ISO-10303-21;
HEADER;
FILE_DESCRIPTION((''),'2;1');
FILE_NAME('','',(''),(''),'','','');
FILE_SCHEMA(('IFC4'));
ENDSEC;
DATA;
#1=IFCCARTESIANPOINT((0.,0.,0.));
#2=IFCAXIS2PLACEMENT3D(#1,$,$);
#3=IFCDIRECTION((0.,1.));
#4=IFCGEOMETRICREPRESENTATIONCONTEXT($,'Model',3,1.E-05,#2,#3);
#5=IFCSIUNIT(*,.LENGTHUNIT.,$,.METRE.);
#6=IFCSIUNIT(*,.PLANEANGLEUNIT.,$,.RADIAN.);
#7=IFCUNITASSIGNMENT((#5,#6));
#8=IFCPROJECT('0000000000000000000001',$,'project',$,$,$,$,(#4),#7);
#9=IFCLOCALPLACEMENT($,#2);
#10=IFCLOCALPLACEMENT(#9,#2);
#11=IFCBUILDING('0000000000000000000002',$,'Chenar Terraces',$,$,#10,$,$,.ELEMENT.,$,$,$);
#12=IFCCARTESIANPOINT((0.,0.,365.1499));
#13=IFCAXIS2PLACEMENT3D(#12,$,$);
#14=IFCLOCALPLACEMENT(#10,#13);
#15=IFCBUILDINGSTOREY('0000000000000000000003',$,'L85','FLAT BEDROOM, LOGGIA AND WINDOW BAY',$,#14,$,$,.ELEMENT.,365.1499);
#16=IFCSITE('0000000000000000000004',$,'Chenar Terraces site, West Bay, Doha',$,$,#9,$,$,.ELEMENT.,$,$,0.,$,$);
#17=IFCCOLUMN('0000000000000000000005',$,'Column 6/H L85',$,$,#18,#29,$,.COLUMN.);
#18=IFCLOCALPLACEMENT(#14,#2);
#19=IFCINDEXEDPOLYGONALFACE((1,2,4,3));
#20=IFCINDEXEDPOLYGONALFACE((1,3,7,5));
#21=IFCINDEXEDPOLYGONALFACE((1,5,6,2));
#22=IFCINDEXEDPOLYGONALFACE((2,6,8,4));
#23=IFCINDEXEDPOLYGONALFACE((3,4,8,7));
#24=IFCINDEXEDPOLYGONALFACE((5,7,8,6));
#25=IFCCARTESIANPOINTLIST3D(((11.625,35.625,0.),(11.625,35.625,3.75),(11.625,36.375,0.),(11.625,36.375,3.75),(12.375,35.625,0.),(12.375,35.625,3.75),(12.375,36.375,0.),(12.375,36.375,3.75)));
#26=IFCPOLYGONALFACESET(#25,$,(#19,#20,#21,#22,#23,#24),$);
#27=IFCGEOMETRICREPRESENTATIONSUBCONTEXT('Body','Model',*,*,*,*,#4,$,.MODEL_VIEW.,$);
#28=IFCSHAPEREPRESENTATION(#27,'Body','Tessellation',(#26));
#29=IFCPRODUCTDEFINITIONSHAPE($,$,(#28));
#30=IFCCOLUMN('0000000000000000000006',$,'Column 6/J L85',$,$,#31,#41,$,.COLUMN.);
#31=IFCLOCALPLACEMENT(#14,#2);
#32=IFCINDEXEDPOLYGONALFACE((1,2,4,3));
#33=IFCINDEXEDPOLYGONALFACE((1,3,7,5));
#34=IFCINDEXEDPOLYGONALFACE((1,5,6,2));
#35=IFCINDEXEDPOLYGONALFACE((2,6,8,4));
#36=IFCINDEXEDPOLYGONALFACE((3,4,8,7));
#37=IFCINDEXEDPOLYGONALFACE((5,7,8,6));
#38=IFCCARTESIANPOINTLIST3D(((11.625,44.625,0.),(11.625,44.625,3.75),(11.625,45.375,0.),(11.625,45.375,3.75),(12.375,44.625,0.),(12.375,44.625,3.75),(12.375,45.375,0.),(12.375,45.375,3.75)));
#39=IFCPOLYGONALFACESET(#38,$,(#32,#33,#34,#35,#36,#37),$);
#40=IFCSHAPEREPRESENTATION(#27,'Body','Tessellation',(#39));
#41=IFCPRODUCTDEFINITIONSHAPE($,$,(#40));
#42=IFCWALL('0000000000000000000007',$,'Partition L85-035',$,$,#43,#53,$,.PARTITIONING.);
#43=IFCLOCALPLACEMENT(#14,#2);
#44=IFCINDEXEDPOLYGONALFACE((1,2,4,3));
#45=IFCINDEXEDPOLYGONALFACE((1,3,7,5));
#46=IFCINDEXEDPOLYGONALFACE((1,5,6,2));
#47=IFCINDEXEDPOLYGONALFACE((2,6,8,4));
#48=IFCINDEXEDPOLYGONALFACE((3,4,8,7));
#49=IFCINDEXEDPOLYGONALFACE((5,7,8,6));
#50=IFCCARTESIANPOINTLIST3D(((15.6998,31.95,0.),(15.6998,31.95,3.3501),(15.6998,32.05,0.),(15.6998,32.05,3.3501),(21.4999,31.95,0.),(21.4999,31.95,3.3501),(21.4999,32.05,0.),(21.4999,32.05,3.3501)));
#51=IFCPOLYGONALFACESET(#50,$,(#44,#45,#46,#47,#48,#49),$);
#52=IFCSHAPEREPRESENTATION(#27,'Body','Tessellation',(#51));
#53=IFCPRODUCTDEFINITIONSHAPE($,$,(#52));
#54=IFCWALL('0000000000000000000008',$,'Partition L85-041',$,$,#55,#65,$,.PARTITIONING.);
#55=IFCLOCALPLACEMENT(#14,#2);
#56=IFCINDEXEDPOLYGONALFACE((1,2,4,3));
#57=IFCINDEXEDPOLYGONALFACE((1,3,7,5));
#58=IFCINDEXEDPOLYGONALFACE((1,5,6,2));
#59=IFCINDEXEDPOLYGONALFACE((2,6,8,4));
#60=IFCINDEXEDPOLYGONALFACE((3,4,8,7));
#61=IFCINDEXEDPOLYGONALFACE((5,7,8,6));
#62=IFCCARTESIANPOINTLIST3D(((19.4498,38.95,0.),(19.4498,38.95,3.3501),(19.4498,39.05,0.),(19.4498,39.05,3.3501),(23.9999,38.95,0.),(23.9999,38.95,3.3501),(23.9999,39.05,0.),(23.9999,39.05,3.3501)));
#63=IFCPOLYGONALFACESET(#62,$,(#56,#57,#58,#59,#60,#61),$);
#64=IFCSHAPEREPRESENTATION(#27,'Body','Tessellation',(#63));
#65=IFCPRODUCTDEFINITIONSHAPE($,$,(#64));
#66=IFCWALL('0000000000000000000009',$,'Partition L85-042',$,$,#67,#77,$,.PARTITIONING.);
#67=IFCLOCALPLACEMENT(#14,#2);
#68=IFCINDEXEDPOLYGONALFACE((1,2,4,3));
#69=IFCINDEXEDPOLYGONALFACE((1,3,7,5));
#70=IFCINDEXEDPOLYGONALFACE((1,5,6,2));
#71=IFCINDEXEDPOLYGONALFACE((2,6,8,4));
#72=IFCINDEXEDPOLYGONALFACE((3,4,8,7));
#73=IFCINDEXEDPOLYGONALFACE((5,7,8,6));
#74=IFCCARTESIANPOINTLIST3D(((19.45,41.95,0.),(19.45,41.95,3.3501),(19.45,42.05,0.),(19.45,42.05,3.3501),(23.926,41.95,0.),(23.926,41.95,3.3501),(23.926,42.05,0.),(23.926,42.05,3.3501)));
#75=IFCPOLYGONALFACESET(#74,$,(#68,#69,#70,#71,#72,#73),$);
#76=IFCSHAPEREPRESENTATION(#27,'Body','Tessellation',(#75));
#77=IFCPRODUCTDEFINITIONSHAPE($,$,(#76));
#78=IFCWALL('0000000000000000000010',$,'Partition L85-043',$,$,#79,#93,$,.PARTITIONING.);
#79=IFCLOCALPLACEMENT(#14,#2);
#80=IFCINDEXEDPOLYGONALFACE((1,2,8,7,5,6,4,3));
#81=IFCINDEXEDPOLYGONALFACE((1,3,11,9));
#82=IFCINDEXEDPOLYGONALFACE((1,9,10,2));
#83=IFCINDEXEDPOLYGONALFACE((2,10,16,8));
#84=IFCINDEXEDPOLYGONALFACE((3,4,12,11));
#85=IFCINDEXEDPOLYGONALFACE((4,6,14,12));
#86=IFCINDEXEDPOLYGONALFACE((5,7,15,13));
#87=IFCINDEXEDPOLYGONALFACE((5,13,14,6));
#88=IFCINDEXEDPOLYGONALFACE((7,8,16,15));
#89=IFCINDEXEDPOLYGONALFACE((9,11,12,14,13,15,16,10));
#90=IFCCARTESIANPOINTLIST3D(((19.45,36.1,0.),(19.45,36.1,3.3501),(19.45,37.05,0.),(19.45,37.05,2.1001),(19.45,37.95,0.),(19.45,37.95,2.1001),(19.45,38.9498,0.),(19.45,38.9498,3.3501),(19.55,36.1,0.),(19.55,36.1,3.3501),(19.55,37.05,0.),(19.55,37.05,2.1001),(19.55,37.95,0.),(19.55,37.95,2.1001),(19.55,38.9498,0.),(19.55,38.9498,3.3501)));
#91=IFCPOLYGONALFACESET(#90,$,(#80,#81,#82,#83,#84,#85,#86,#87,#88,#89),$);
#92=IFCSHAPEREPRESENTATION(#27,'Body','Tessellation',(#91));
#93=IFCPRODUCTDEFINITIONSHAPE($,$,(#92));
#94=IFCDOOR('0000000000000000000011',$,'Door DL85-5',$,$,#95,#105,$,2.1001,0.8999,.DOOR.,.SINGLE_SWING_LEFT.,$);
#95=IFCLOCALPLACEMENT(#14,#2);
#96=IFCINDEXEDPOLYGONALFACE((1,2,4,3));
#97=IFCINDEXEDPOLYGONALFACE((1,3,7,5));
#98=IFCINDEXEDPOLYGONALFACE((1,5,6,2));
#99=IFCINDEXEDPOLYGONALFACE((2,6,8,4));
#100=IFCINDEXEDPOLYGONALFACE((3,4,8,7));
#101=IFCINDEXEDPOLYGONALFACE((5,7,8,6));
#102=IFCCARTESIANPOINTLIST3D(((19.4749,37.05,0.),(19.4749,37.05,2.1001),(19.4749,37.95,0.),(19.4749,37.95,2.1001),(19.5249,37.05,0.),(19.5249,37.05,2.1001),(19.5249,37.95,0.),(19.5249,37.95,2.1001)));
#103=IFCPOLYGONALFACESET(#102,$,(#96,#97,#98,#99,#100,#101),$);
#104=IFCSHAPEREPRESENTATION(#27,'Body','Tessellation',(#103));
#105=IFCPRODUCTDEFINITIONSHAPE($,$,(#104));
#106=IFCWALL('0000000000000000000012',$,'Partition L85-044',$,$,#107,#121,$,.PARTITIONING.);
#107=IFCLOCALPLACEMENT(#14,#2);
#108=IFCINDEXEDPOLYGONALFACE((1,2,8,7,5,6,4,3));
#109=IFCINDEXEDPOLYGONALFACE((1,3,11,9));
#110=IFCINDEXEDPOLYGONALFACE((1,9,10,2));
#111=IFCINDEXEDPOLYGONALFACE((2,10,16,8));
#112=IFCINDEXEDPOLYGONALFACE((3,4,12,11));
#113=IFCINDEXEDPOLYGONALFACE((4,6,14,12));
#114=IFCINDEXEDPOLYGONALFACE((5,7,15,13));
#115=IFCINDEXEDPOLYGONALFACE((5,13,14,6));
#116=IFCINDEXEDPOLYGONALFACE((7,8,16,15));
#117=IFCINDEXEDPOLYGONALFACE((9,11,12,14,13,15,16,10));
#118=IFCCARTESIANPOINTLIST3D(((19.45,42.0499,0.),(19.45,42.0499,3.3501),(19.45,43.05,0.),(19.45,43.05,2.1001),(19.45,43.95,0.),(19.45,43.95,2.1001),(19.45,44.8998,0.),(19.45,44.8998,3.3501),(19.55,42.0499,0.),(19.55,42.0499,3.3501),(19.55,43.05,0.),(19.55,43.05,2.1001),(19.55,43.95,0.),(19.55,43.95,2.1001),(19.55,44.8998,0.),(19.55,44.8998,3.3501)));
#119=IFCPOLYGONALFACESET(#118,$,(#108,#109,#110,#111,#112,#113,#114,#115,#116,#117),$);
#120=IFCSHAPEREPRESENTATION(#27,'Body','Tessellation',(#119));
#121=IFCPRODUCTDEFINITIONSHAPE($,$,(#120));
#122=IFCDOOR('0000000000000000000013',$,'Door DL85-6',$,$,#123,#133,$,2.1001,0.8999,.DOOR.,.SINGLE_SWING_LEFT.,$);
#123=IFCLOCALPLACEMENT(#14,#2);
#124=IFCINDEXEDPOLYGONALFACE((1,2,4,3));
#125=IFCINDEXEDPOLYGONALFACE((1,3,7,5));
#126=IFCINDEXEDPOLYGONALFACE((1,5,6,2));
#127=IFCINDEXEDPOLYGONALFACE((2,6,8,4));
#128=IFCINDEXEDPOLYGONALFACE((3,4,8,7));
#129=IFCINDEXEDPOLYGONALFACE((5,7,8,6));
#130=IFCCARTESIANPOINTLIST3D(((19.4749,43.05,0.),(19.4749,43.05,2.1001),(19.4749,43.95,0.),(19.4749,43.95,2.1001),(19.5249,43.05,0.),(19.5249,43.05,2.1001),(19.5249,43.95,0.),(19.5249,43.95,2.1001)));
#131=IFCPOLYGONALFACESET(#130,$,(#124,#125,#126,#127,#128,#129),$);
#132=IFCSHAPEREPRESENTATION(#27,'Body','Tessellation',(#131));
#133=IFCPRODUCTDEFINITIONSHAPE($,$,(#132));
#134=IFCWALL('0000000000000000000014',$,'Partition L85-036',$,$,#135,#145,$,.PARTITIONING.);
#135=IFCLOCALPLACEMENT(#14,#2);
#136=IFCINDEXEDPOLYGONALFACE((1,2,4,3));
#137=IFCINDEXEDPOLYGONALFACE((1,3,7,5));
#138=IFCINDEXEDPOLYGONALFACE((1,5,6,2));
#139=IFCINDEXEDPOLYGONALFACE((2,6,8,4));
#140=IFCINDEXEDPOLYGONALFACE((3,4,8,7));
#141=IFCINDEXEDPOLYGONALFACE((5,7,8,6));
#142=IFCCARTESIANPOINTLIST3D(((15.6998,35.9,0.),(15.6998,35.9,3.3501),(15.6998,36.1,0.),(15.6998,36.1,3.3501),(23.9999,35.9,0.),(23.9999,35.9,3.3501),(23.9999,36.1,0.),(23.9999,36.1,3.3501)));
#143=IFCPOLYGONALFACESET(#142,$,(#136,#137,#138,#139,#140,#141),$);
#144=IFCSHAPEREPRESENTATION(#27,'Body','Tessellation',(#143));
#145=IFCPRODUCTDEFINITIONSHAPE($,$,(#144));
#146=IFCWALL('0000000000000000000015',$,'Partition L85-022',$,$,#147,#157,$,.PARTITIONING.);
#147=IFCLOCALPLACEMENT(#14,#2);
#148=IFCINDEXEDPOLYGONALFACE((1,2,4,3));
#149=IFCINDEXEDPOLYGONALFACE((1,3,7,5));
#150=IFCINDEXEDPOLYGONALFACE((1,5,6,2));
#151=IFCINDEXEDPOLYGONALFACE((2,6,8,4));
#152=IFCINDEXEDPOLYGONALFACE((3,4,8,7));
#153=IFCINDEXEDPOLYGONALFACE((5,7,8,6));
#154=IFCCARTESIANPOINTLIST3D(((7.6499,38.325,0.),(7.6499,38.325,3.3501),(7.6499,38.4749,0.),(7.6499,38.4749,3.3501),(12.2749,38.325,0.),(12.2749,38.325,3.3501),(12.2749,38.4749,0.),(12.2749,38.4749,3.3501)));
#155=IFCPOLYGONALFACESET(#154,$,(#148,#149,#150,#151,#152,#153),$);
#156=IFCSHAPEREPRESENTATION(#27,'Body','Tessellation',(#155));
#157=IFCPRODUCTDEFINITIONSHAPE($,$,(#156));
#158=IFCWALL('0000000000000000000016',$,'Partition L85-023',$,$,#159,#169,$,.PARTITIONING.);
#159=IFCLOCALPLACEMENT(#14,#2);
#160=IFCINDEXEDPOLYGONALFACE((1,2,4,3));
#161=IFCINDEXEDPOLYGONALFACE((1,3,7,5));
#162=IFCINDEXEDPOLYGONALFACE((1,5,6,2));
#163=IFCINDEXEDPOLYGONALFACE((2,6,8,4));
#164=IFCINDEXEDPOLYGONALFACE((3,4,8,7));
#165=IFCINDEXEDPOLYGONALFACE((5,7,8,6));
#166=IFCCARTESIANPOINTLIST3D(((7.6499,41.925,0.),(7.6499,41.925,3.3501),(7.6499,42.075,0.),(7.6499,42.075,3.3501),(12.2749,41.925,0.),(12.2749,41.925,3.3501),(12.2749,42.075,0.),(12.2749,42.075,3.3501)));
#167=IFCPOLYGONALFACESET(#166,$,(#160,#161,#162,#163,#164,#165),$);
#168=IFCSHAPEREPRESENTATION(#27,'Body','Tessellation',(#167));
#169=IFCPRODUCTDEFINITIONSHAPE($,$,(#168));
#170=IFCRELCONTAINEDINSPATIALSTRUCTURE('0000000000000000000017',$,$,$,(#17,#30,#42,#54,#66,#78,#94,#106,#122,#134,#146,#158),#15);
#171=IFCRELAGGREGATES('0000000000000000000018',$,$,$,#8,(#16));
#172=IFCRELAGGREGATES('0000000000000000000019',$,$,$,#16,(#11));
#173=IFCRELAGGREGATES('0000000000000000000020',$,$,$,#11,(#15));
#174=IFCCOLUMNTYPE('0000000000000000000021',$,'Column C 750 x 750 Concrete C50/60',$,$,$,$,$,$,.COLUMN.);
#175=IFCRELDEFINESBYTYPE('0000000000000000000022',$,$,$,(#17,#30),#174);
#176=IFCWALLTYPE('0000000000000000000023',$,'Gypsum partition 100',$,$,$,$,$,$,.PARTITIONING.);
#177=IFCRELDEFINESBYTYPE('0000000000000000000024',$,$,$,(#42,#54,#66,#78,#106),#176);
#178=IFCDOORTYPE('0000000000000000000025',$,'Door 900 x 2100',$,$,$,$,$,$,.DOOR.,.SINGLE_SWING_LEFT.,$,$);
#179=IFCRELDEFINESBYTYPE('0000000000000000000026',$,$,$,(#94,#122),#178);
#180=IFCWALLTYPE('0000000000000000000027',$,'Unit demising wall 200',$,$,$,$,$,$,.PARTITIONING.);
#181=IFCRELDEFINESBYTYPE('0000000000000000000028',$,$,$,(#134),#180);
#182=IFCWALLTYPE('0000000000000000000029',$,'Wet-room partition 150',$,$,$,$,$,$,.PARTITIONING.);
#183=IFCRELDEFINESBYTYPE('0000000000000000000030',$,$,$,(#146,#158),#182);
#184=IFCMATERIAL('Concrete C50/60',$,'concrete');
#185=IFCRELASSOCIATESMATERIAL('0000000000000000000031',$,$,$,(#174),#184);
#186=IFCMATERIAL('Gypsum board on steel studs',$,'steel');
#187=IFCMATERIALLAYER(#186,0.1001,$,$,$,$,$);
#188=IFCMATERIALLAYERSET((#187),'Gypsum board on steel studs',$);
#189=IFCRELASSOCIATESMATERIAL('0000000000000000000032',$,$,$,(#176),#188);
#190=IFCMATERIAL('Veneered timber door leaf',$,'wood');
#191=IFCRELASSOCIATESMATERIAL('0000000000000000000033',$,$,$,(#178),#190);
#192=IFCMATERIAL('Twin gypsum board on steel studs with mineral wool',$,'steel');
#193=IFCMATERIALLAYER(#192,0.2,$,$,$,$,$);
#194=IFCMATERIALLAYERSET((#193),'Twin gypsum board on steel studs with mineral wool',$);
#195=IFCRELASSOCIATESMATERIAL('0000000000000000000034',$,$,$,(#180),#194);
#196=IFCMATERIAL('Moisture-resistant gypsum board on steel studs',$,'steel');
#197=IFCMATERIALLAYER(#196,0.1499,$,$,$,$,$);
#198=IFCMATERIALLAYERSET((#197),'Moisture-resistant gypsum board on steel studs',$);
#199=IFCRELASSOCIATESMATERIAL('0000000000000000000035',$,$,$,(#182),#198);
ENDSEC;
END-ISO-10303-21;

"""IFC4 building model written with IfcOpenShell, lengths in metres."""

from ifc_helpers import new_model, si_unit, direction, frame, frame_2d, origin, origin_2d, place, context, subcontext, project, spatial, rectangle, extrude, material, layer, layer_set, material_profile, profile_set, type_object, element, fill, save


model = new_model("IFC4")

# Units and contexts
model_context = context("Model", 3, precision=1e-05, world=origin(), true_north=direction((0.0, 1.0)))
body_context = subcontext(model_context, "Body", "Model", "MODEL_VIEW")
ifc_project = project(units=[si_unit("LENGTHUNIT", "METRE"), si_unit("PLANEANGLEUNIT", "RADIAN")], contexts=[model_context])

# Site, building, storey
site_placement = place(None, origin())
site = spatial("IfcSite", under=ifc_project, at=site_placement, Name="Chenar Terraces site, West Bay, Doha", CompositionType="ELEMENT", RefElevation=0.0)
building_placement = place(site_placement, origin())
building = spatial("IfcBuilding", under=site, at=building_placement, Name="Chenar Terraces", CompositionType="ELEMENT")
storey_placement = place(building_placement, frame((0.0, 0.0, 365.1499)))
storey = spatial("IfcBuildingStorey", under=building, at=storey_placement, Name="L85", Description="FLAT BEDROOM, LOGGIA AND WINDOW BAY", CompositionType="ELEMENT", Elevation=365.1499)

# Columns
ifc_material_1 = material(Name="Concrete C50/60", Category="concrete")
ifc_material_profile = material_profile(ifc_material_1, rectangle(XDim=0.75, YDim=0.75, at=origin_2d()), Name="C 750 x 750")
ifc_profile_set = profile_set([ifc_material_profile], Name="Concrete C50/60")
column_type = type_object("IfcColumnType", Name="Column C 750 x 750 Concrete C50/60", PredefinedType="COLUMN", material=ifc_profile_set)
for number, where, z_axis, x_axis, name in (
    (1, (12.0, 36.0, 0.0), (0.0, 0.0, 1.0), (1.0, 0.0, 0.0), "Column 6/H L85"),
    (2, (12.0, 45.0, 0.0), (0.0, 0.0, 1.0), (1.0, 0.0, 0.0), "Column 6/J L85"),
):
    element("IfcColumn", number, at=place(storey_placement, frame(where, z_axis=z_axis, x_axis=x_axis)), inside=storey, type_object=column_type, Name=name, PredefinedType="COLUMN", context=body_context, shape_type="SweptSolid", body=[
        extrude(rectangle(XDim=0.75, YDim=0.75, at=origin_2d()), origin(), (0.0, 0.0, 1.0), 3.75),
    ])

# Walls
ifc_material_2 = material(Name="Gypsum board on steel studs", Category="steel")
ifc_layer_1 = layer(ifc_material_2, 0.1001)
ifc_layer_set_1 = layer_set([ifc_layer_1], Name="Gypsum board on steel studs")
wall_type_1 = type_object("IfcWallType", Name="Gypsum partition 100", PredefinedType="PARTITIONING", material=ifc_layer_set_1)
wall_1_placement = place(storey_placement, frame((15.7, 32.0, 0.0), z_axis=(0.0, 0.0, 1.0), x_axis=(1.0, 0.0, 0.0)))
element("IfcWall", 3, at=wall_1_placement, inside=storey, type_object=wall_type_1, Name="Partition L85-035", PredefinedType="PARTITIONING", context=body_context, shape_type="SweptSolid", body=[
    extrude(rectangle(XDim=5.8, YDim=0.1001, at=frame_2d((2.8999, 0.0))), origin(), (0.0, 0.0, 1.0), 3.3501),
])
wall_2_placement = place(storey_placement, frame((19.45, 39.0, 0.0), z_axis=(0.0, 0.0, 1.0), x_axis=(1.0, 0.0, 0.0)))
element("IfcWall", 4, at=wall_2_placement, inside=storey, type_object=wall_type_1, Name="Partition L85-041", PredefinedType="PARTITIONING", context=body_context, shape_type="SweptSolid", body=[
    extrude(rectangle(XDim=4.55, YDim=0.1001, at=frame_2d((2.2749, 0.0))), origin(), (0.0, 0.0, 1.0), 3.3501),
])
wall_3_placement = place(storey_placement, frame((19.45, 42.0, 0.0), z_axis=(0.0, 0.0, 1.0), x_axis=(1.0, 0.0, 0.0)))
element("IfcWall", 5, at=wall_3_placement, inside=storey, type_object=wall_type_1, Name="Partition L85-042", PredefinedType="PARTITIONING", context=body_context, shape_type="SweptSolid", body=[
    extrude(rectangle(XDim=4.4761, YDim=0.1001, at=frame_2d((2.238, 0.0))), origin(), (0.0, 0.0, 1.0), 3.3501),
])

# Walls, openings, doors
wall_4_placement = place(storey_placement, frame((19.5, 36.1001, 0.0), z_axis=(0.0, 0.0, 1.0), x_axis=(0.0, 1.0, 0.0)))
wall_4 = element("IfcWall", 6, at=wall_4_placement, inside=storey, type_object=wall_type_1, Name="Partition L85-043", PredefinedType="PARTITIONING", context=body_context, shape_type="SweptSolid", body=[
    extrude(rectangle(XDim=2.8499, YDim=0.1001, at=frame_2d((1.4248, 0.0))), origin(), (0.0, 0.0, 1.0), 3.3501),
])
opening_1_placement = place(wall_4_placement, frame((0.95, 0.0, 0.0)))
opening_1 = element("IfcOpeningElement", 7, at=opening_1_placement, cuts=wall_4, PredefinedType="OPENING", context=body_context, shape_type="SweptSolid", body=[
    extrude(rectangle(XDim=0.8999, YDim=2.1001, at=frame_2d((0.45, 1.05))), frame((0.0, 0.0601, 0.0), z_axis=(0.0, -1.0, 0.0), x_axis=(1.0, 0.0, 0.0)), (0.0, 0.0, 1.0), 0.1201),
])
ifc_material_3 = material(Name="Veneered timber door leaf", Category="wood")
door_type_1 = type_object("IfcDoorType", Name="Door 900 x 2100", OperationType="SINGLE_SWING_LEFT", PredefinedType="DOOR", material=ifc_material_3)
door_1_placement = place(opening_1_placement, frame((0.8999, 0.0, 0.0), z_axis=(0.0, 0.0, 1.0), x_axis=(-1.0, 0.0, 0.0)))
door_1 = element("IfcDoor", 8, at=door_1_placement, inside=storey, type_object=door_type_1, Name="Door DL85-5", OperationType="SINGLE_SWING_LEFT", OverallHeight=2.1001, OverallWidth=0.8999, PredefinedType="DOOR", context=body_context, shape_type="SweptSolid", body=[
    extrude(rectangle(XDim=0.8999, YDim=2.1001, at=frame_2d((0.45, 1.05))), frame((0.0, 0.0249, 0.0), z_axis=(0.0, -1.0, 0.0), x_axis=(1.0, 0.0, 0.0)), (0.0, 0.0, 1.0), 0.05),
])
fill(opening_1, door_1)
wall_5_placement = place(storey_placement, frame((19.5, 42.05, 0.0), z_axis=(0.0, 0.0, 1.0), x_axis=(0.0, 1.0, 0.0)))
wall_5 = element("IfcWall", 9, at=wall_5_placement, inside=storey, type_object=wall_type_1, Name="Partition L85-044", PredefinedType="PARTITIONING", context=body_context, shape_type="SweptSolid", body=[
    extrude(rectangle(XDim=2.8499, YDim=0.1001, at=frame_2d((1.4248, 0.0))), origin(), (0.0, 0.0, 1.0), 3.3501),
])
opening_2_placement = place(wall_5_placement, frame((1.0, 0.0, 0.0)))
opening_2 = element("IfcOpeningElement", 10, at=opening_2_placement, cuts=wall_5, PredefinedType="OPENING", context=body_context, shape_type="SweptSolid", body=[
    extrude(rectangle(XDim=0.8999, YDim=2.1001, at=frame_2d((0.45, 1.05))), frame((0.0, 0.0601, 0.0), z_axis=(0.0, -1.0, 0.0), x_axis=(1.0, 0.0, 0.0)), (0.0, 0.0, 1.0), 0.1201),
])
door_2_placement = place(opening_2_placement, frame((0.8999, 0.0, 0.0), z_axis=(0.0, 0.0, 1.0), x_axis=(-1.0, 0.0, 0.0)))
door_2 = element("IfcDoor", 11, at=door_2_placement, inside=storey, type_object=door_type_1, Name="Door DL85-6", OperationType="SINGLE_SWING_LEFT", OverallHeight=2.1001, OverallWidth=0.8999, PredefinedType="DOOR", context=body_context, shape_type="SweptSolid", body=[
    extrude(rectangle(XDim=0.8999, YDim=2.1001, at=frame_2d((0.45, 1.05))), frame((0.0, 0.0249, 0.0), z_axis=(0.0, -1.0, 0.0), x_axis=(1.0, 0.0, 0.0)), (0.0, 0.0, 1.0), 0.05),
])
fill(opening_2, door_2)

# Walls
ifc_material_4 = material(Name="Twin gypsum board on steel studs with mineral wool", Category="steel")
ifc_layer_2 = layer(ifc_material_4, 0.2)
ifc_layer_set_2 = layer_set([ifc_layer_2], Name="Twin gypsum board on steel studs with mineral wool")
wall_type_2 = type_object("IfcWallType", Name="Unit demising wall 200", PredefinedType="PARTITIONING", material=ifc_layer_set_2)
wall_6_placement = place(storey_placement, frame((15.7, 36.0, 0.0), z_axis=(0.0, 0.0, 1.0), x_axis=(1.0, 0.0, 0.0)))
element("IfcWall", 12, at=wall_6_placement, inside=storey, type_object=wall_type_2, Name="Partition L85-036", PredefinedType="PARTITIONING", context=body_context, shape_type="SweptSolid", body=[
    extrude(rectangle(XDim=8.3, YDim=0.2, at=frame_2d((4.1499, 0.0))), origin(), (0.0, 0.0, 1.0), 3.3501),
])
ifc_material_5 = material(Name="Moisture-resistant gypsum board on steel studs", Category="steel")
ifc_layer_3 = layer(ifc_material_5, 0.1499)
ifc_layer_set_3 = layer_set([ifc_layer_3], Name="Moisture-resistant gypsum board on steel studs")
wall_type_3 = type_object("IfcWallType", Name="Wet-room partition 150", PredefinedType="PARTITIONING", material=ifc_layer_set_3)
for number, where, z_axis, x_axis, name in (
    (13, (7.6499, 38.3999, 0.0), (0.0, 0.0, 1.0), (1.0, 0.0, 0.0), "Partition L85-022"),
    (14, (7.6499, 42.0, 0.0), (0.0, 0.0, 1.0), (1.0, 0.0, 0.0), "Partition L85-023"),
):
    element("IfcWall", number, at=place(storey_placement, frame(where, z_axis=z_axis, x_axis=x_axis)), inside=storey, type_object=wall_type_3, Name=name, PredefinedType="PARTITIONING", context=body_context, shape_type="SweptSolid", body=[
        extrude(rectangle(XDim=4.625, YDim=0.1499, at=frame_2d((2.3125, 0.0))), origin(), (0.0, 0.0, 1.0), 3.3501),
    ])

save(model, "model.ifc")
